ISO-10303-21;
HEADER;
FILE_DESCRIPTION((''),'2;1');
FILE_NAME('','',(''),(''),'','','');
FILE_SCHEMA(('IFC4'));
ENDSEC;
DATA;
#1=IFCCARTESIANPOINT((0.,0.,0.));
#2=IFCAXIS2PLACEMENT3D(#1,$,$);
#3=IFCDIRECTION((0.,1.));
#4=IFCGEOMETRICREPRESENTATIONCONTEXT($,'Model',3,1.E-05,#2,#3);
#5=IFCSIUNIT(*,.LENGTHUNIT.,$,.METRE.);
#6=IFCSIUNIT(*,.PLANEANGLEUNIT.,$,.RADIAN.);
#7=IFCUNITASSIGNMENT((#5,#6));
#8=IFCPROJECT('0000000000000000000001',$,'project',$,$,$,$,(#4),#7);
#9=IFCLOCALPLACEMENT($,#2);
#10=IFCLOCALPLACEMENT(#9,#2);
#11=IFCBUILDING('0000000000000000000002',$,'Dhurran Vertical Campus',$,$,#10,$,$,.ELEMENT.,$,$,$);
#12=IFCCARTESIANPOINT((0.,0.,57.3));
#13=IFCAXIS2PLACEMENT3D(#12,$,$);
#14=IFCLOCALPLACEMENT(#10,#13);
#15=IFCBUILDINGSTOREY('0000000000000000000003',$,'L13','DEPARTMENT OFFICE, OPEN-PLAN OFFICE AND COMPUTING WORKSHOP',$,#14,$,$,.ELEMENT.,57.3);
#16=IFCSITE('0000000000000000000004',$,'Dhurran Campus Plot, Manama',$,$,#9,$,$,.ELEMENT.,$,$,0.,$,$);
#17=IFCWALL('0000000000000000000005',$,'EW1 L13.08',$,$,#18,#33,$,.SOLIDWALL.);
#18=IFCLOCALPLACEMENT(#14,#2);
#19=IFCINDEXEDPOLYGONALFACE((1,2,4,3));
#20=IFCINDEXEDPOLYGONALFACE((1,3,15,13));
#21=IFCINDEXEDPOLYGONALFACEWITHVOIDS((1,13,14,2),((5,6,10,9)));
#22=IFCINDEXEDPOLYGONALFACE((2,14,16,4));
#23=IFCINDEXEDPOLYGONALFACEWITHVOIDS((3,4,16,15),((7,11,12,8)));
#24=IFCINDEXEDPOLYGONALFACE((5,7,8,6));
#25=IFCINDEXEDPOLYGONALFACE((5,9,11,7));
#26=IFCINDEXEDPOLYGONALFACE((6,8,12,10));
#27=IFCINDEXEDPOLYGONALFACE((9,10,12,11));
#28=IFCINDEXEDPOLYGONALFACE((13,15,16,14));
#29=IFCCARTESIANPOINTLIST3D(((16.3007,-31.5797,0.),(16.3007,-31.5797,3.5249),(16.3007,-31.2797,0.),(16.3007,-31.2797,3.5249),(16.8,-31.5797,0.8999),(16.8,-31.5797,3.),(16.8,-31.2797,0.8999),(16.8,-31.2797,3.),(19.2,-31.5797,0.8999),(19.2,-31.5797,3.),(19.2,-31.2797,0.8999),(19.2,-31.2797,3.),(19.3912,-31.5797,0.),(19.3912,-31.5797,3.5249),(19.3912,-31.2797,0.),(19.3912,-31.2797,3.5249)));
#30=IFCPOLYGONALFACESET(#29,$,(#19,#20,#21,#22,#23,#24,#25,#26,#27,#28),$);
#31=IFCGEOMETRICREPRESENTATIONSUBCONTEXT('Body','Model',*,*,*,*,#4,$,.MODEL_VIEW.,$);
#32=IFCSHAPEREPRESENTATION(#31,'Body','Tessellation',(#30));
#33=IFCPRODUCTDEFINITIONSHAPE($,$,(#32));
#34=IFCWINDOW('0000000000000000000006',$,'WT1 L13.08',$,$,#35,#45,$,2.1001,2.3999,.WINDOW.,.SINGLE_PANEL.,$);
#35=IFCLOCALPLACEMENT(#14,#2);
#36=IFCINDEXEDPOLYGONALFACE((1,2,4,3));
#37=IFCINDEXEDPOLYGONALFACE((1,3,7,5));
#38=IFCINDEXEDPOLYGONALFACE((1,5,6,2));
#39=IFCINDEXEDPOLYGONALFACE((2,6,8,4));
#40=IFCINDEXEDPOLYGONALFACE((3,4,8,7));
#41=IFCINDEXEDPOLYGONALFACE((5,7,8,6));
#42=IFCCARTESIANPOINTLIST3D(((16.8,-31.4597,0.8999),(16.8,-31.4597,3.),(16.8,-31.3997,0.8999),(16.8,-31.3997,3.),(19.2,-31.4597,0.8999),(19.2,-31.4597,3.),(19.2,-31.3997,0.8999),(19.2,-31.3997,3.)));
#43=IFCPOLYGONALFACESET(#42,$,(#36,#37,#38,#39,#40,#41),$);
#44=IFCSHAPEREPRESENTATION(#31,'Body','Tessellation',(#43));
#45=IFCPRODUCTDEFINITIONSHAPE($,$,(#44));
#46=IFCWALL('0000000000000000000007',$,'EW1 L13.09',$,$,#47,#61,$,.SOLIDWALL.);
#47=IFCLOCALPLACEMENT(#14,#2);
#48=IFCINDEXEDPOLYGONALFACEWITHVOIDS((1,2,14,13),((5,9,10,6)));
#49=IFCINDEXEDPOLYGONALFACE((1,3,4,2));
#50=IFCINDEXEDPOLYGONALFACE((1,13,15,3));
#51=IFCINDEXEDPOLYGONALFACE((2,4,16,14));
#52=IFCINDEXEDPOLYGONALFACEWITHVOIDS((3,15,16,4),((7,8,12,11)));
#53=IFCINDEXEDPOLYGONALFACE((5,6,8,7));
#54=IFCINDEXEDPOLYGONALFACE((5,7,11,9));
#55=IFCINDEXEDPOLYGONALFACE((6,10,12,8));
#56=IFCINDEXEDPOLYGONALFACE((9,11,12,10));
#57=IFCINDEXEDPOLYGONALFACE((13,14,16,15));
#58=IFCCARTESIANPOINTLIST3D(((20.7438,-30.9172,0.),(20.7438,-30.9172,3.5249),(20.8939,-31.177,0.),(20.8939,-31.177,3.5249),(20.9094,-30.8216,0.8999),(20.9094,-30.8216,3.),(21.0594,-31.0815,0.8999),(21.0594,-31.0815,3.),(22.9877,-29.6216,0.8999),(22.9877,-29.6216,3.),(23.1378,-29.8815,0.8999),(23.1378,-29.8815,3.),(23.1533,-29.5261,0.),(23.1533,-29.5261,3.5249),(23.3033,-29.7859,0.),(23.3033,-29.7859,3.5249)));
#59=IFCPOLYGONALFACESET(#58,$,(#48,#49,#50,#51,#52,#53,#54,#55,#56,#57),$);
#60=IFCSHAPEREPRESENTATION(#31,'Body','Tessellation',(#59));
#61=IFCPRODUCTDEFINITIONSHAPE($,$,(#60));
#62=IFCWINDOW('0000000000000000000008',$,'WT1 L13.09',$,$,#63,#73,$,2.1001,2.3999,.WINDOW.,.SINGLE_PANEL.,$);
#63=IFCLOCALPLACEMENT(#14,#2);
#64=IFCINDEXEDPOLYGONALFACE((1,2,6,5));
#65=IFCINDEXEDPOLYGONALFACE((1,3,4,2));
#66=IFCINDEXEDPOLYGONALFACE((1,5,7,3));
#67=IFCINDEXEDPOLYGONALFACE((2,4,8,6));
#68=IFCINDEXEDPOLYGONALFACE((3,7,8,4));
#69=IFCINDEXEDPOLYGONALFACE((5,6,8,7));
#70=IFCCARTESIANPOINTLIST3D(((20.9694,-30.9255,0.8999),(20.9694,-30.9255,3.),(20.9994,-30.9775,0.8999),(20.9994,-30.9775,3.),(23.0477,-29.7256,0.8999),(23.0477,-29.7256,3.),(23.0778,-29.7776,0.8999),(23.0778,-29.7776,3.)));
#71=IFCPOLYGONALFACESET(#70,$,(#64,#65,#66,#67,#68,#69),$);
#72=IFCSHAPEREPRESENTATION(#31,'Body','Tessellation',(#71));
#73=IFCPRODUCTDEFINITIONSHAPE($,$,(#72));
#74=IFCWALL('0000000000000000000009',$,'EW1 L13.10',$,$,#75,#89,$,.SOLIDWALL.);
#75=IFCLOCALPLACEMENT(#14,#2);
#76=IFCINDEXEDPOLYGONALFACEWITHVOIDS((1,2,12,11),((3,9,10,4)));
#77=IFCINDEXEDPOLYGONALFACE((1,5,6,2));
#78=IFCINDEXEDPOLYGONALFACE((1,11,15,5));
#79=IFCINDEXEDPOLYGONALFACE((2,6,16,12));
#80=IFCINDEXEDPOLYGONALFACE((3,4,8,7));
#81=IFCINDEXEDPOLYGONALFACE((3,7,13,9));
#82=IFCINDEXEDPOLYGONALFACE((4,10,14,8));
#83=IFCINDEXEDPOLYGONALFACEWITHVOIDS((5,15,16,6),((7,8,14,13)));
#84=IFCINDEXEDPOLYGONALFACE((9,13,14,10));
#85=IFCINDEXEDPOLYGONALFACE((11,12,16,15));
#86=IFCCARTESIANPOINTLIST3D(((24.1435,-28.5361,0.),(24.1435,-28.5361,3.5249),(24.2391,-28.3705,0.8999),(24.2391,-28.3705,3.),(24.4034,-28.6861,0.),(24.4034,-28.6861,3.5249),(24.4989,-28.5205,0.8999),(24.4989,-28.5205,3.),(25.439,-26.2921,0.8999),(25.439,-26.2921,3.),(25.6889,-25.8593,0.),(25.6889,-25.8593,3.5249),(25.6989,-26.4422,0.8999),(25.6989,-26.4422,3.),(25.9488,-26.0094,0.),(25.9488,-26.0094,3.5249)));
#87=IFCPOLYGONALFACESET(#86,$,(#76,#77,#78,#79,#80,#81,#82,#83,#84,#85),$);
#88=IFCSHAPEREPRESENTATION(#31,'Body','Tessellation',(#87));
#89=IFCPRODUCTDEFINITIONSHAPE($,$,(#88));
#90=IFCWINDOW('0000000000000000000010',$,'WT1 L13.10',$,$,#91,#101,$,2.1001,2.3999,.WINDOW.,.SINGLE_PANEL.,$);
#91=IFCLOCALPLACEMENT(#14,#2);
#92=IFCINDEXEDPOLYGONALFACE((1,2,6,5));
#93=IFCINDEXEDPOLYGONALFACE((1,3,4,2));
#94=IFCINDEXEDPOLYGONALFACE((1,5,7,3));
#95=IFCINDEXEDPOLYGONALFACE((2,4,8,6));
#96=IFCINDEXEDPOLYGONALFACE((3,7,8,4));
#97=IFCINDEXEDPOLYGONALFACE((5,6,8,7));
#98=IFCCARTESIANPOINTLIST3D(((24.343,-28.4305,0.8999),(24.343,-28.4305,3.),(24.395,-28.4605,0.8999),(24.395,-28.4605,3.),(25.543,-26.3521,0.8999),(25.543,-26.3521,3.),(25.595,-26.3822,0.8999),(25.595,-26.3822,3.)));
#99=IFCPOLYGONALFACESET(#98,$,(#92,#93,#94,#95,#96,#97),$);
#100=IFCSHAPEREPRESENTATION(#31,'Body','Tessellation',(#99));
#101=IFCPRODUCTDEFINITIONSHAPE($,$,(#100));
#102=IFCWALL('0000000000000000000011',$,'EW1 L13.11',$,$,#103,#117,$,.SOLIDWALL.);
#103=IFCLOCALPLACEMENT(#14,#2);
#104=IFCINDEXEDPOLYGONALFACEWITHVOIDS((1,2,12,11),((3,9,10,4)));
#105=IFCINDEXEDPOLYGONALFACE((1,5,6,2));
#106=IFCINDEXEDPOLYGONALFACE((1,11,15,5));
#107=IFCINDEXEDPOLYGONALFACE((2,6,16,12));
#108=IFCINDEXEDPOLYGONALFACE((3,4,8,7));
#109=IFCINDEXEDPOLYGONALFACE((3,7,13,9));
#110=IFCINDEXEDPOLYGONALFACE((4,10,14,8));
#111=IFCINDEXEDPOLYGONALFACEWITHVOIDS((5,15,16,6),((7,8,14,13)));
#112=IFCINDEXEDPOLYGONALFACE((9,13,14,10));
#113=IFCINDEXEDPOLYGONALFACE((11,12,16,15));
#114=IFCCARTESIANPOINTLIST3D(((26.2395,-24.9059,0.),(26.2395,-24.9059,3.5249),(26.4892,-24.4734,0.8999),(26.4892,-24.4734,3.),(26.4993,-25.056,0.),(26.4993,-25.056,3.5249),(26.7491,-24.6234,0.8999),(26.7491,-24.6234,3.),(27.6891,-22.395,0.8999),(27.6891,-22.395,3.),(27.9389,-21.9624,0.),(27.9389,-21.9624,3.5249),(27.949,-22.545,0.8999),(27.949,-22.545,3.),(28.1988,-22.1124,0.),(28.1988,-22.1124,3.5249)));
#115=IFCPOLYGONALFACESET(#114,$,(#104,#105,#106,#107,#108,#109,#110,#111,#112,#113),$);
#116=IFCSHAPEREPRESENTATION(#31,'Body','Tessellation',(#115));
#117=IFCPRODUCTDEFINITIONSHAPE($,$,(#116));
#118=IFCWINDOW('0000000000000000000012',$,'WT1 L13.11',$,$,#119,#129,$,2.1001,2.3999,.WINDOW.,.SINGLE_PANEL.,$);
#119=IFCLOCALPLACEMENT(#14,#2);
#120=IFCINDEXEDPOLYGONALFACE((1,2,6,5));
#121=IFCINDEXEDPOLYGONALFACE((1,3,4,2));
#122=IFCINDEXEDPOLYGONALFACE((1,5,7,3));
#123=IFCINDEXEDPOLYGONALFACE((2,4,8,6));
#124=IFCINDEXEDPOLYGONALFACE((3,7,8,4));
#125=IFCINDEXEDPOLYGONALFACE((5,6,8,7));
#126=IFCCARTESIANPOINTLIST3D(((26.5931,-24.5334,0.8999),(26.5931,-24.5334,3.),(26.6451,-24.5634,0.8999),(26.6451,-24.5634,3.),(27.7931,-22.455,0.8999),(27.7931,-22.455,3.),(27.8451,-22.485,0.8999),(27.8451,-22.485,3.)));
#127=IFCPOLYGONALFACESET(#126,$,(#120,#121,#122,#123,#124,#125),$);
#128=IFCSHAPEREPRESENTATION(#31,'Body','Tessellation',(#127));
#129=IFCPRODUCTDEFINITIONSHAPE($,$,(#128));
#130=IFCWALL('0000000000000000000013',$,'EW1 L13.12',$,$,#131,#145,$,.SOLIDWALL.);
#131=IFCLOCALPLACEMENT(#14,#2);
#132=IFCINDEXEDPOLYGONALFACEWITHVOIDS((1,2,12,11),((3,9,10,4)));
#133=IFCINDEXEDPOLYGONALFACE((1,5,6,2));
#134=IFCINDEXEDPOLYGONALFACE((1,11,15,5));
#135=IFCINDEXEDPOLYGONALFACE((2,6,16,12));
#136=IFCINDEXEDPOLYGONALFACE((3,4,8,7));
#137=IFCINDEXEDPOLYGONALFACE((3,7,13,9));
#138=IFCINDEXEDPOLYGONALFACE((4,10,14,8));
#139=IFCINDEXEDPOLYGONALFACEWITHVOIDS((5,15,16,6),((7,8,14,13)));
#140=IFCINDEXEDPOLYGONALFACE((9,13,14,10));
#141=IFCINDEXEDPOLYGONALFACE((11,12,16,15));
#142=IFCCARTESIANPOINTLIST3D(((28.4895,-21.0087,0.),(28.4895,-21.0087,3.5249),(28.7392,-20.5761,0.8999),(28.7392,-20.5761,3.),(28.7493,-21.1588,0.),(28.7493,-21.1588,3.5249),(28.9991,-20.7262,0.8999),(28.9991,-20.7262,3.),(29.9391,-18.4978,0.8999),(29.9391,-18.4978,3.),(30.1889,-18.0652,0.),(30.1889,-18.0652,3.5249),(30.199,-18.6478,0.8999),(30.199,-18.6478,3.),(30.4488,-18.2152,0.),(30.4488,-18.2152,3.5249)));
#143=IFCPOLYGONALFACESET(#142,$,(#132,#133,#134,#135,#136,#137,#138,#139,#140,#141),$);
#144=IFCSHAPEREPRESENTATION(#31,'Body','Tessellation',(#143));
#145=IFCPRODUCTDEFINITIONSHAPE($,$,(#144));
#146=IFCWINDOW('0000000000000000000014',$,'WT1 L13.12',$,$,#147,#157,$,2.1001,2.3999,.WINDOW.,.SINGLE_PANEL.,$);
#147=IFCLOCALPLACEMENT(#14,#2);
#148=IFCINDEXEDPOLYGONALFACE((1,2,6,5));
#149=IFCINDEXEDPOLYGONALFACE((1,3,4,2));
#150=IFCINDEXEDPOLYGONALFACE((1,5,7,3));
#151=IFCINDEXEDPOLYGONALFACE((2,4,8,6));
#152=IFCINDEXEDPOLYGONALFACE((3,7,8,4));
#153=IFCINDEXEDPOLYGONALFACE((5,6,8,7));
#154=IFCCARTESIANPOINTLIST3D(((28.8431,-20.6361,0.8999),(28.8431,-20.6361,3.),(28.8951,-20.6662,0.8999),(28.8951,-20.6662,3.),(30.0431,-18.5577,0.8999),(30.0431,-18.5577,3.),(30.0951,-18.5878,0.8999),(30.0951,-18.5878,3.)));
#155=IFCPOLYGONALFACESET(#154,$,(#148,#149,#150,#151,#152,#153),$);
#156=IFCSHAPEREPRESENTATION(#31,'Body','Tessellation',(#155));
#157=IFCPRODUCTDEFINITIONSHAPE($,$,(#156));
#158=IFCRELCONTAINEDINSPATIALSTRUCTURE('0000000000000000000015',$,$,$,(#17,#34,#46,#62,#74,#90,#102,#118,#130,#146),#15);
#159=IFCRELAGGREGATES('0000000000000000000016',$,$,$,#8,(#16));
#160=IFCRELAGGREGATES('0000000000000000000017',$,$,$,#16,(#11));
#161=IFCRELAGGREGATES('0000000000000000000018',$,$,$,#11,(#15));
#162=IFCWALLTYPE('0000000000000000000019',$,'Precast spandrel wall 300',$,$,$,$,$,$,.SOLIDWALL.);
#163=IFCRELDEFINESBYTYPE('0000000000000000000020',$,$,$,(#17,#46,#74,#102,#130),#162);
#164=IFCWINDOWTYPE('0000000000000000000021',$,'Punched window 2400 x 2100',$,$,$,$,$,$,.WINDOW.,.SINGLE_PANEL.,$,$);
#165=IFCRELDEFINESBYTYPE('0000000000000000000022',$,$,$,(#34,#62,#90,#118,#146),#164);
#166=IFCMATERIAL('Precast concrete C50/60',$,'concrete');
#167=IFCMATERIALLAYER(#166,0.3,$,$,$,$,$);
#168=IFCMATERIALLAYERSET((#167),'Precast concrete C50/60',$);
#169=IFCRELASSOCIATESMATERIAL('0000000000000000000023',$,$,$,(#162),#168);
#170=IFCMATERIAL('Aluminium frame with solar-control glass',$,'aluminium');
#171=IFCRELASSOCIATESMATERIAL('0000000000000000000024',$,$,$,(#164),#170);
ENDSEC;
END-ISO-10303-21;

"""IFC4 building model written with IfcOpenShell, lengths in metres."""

from ifc_helpers import new_model, si_unit, direction, frame, frame_2d, origin, place, context, subcontext, project, spatial, rectangle, extrude, material, layer, layer_set, type_object, element, fill, save


model = new_model("IFC4")

# Units and contexts
model_context = context("Model", 3, precision=1e-05, world=origin(), true_north=direction((0.0, 1.0)))
body_context = subcontext(model_context, "Body", "Model", "MODEL_VIEW")
ifc_project = project(units=[si_unit("LENGTHUNIT", "METRE"), si_unit("PLANEANGLEUNIT", "RADIAN")], contexts=[model_context])

# Site, building, storey
site_placement = place(None, origin())
site = spatial("IfcSite", under=ifc_project, at=site_placement, Name="Dhurran Campus Plot, Manama", CompositionType="ELEMENT", RefElevation=0.0)
building_placement = place(site_placement, origin())
building = spatial("IfcBuilding", under=site, at=building_placement, Name="Dhurran Vertical Campus", CompositionType="ELEMENT")
storey_placement = place(building_placement, frame((0.0, 0.0, 57.3)))
storey = spatial("IfcBuildingStorey", under=building, at=storey_placement, Name="L13", Description="DEPARTMENT OFFICE, OPEN-PLAN OFFICE AND COMPUTING WORKSHOP", CompositionType="ELEMENT", Elevation=57.3)

# Walls, openings, windows
ifc_material_1 = material(Name="Precast concrete C50/60", Category="concrete")
ifc_layer_1 = layer(ifc_material_1, 0.3)
ifc_layer_set_1 = layer_set([ifc_layer_1], Name="Precast concrete C50/60")
wall_type_1 = type_object("IfcWallType", Name="Precast spandrel wall 300", PredefinedType="SOLIDWALL", material=ifc_layer_set_1)
ifc_material_2 = material(Name="Aluminium frame with solar-control glass", Category="aluminium")
window_type = type_object("IfcWindowType", Name="Punched window 2400 x 2100", PartitioningType="SINGLE_PANEL", PredefinedType="WINDOW", material=ifc_material_2)
wall_1_placement = place(storey_placement, frame((16.3005, -31.4297, 0.0), z_axis=(0.0, 0.0, 1.0), x_axis=(1.0, 0.0, 0.0)))
wall_1 = element("IfcWall", 1, at=wall_1_placement, inside=storey, type_object=wall_type_1, Name="EW1 L13.08", PredefinedType="SOLIDWALL", context=body_context, shape_type="SweptSolid", body=[
    extrude(rectangle(XDim=3.0906, YDim=0.3, at=frame_2d((1.5454, 0.0))), origin(), (0.0, 0.0, 1.0), 3.5249),
])
opening_1_placement = place(wall_1_placement, frame((0.4995, 0.0, 0.8999)))
opening_1 = element("IfcOpeningElement", 2, at=opening_1_placement, cuts=wall_1, PredefinedType="OPENING", context=body_context, shape_type="SweptSolid", body=[
    extrude(rectangle(XDim=2.3999, YDim=2.1001, at=frame_2d((1.2, 1.05))), frame((0.0, 0.1599, 0.0), z_axis=(0.0, -1.0, 0.0), x_axis=(1.0, 0.0, 0.0)), (0.0, 0.0, 1.0), 0.3201),
])
window_1_placement = place(opening_1_placement, origin())
window_1 = element("IfcWindow", 3, at=window_1_placement, inside=storey, type_object=window_type, Name="WT1 L13.08", OverallHeight=2.1001, OverallWidth=2.3999, PartitioningType="SINGLE_PANEL", PredefinedType="WINDOW", context=body_context, shape_type="SweptSolid", body=[
    extrude(rectangle(XDim=2.3999, YDim=2.1001, at=frame_2d((1.2, 1.05))), frame((0.0, 0.03, 0.0), z_axis=(0.0, -1.0, 0.0), x_axis=(1.0, 0.0, 0.0)), (0.0, 0.0, 1.0), 0.0601),
])
fill(opening_1, window_1)
wall_2_placement = place(storey_placement, frame((20.8188, -31.0471, 0.0), z_axis=(0.0, 0.0, 1.0), x_axis=(0.86602, 0.500009, 0.0)))
wall_2 = element("IfcWall", 4, at=wall_2_placement, inside=storey, type_object=wall_type_1, Name="EW1 L13.09", PredefinedType="SOLIDWALL", context=body_context, shape_type="SweptSolid", body=[
    extrude(rectangle(XDim=2.7822, YDim=0.3, at=frame_2d((1.3911, 0.0))), origin(), (0.0, 0.0, 1.0), 3.5249),
])
opening_2_placement = place(wall_2_placement, frame((0.1912, 0.0, 0.8999)))
opening_2 = element("IfcOpeningElement", 5, at=opening_2_placement, cuts=wall_2, PredefinedType="OPENING", context=body_context, shape_type="SweptSolid", body=[
    extrude(rectangle(XDim=2.3999, YDim=2.1001, at=frame_2d((1.2, 1.05))), frame((0.0, 0.1599, 0.0), z_axis=(0.0, -1.0, 0.0), x_axis=(1.0, 0.0, 0.0)), (0.0, 0.0, 1.0), 0.3201),
])
window_2_placement = place(opening_2_placement, origin())
window_2 = element("IfcWindow", 6, at=window_2_placement, inside=storey, type_object=window_type, Name="WT1 L13.09", OverallHeight=2.1001, OverallWidth=2.3999, PartitioningType="SINGLE_PANEL", PredefinedType="WINDOW", context=body_context, shape_type="SweptSolid", body=[
    extrude(rectangle(XDim=2.3999, YDim=2.1001, at=frame_2d((1.2, 1.05))), frame((0.0, 0.03, 0.0), z_axis=(0.0, -1.0, 0.0), x_axis=(1.0, 0.0, 0.0)), (0.0, 0.0, 1.0), 0.0601),
])
fill(opening_2, window_2)
wall_3_placement = place(storey_placement, frame((24.2734, -28.6111, 0.0), z_axis=(0.0, 0.0, 1.0), x_axis=(0.499996, 0.866028, 0.0)))
wall_3 = element("IfcWall", 7, at=wall_3_placement, inside=storey, type_object=wall_type_1, Name="EW1 L13.10", PredefinedType="SOLIDWALL", context=body_context, shape_type="SweptSolid", body=[
    extrude(rectangle(XDim=3.0908, YDim=0.3, at=frame_2d((1.5454, 0.0))), origin(), (0.0, 0.0, 1.0), 3.5249),
])
opening_3_placement = place(wall_3_placement, frame((0.1912, 0.0, 0.8999)))
opening_3 = element("IfcOpeningElement", 8, at=opening_3_placement, cuts=wall_3, PredefinedType="OPENING", context=body_context, shape_type="SweptSolid", body=[
    extrude(rectangle(XDim=2.3999, YDim=2.1001, at=frame_2d((1.2, 1.05))), frame((0.0, 0.1599, 0.0), z_axis=(0.0, -1.0, 0.0), x_axis=(1.0, 0.0, 0.0)), (0.0, 0.0, 1.0), 0.3201),
])
window_3_placement = place(opening_3_placement, origin())
window_3 = element("IfcWindow", 9, at=window_3_placement, inside=storey, type_object=window_type, Name="WT1 L13.10", OverallHeight=2.1001, OverallWidth=2.3999, PartitioningType="SINGLE_PANEL", PredefinedType="WINDOW", context=body_context, shape_type="SweptSolid", body=[
    extrude(rectangle(XDim=2.3999, YDim=2.1001, at=frame_2d((1.2, 1.05))), frame((0.0, 0.03, 0.0), z_axis=(0.0, -1.0, 0.0), x_axis=(1.0, 0.0, 0.0)), (0.0, 0.0, 1.0), 0.0601),
])
fill(opening_3, window_3)
wall_4_placement = place(storey_placement, frame((26.3694, -24.981, 0.0), z_axis=(0.0, 0.0, 1.0), x_axis=(0.499994, 0.866029, 0.0)))
wall_4 = element("IfcWall", 10, at=wall_4_placement, inside=storey, type_object=wall_type_1, Name="EW1 L13.11", PredefinedType="SOLIDWALL", context=body_context, shape_type="SweptSolid", body=[
    extrude(rectangle(XDim=3.3989, YDim=0.3, at=frame_2d((1.6995, 0.0))), origin(), (0.0, 0.0, 1.0), 3.5249),
])
opening_4_placement = place(wall_4_placement, frame((0.4995, 0.0, 0.8999)))
opening_4 = element("IfcOpeningElement", 11, at=opening_4_placement, cuts=wall_4, PredefinedType="OPENING", context=body_context, shape_type="SweptSolid", body=[
    extrude(rectangle(XDim=2.3999, YDim=2.1001, at=frame_2d((1.2, 1.05))), frame((0.0, 0.1599, 0.0), z_axis=(0.0, -1.0, 0.0), x_axis=(1.0, 0.0, 0.0)), (0.0, 0.0, 1.0), 0.3201),
])
window_4_placement = place(opening_4_placement, origin())
window_4 = element("IfcWindow", 12, at=window_4_placement, inside=storey, type_object=window_type, Name="WT1 L13.11", OverallHeight=2.1001, OverallWidth=2.3999, PartitioningType="SINGLE_PANEL", PredefinedType="WINDOW", context=body_context, shape_type="SweptSolid", body=[
    extrude(rectangle(XDim=2.3999, YDim=2.1001, at=frame_2d((1.2, 1.05))), frame((0.0, 0.03, 0.0), z_axis=(0.0, -1.0, 0.0), x_axis=(1.0, 0.0, 0.0)), (0.0, 0.0, 1.0), 0.0601),
])
fill(opening_4, window_4)
wall_5_placement = place(storey_placement, frame((28.6194, -21.0837, 0.0), z_axis=(0.0, 0.0, 1.0), x_axis=(0.499994, 0.866029, 0.0)))
wall_5 = element("IfcWall", 13, at=wall_5_placement, inside=storey, type_object=wall_type_1, Name="EW1 L13.12", PredefinedType="SOLIDWALL", context=body_context, shape_type="SweptSolid", body=[
    extrude(rectangle(XDim=3.3989, YDim=0.3, at=frame_2d((1.6995, 0.0))), origin(), (0.0, 0.0, 1.0), 3.5249),
])
opening_5_placement = place(wall_5_placement, frame((0.4995, 0.0, 0.8999)))
opening_5 = element("IfcOpeningElement", 14, at=opening_5_placement, cuts=wall_5, PredefinedType="OPENING", context=body_context, shape_type="SweptSolid", body=[
    extrude(rectangle(XDim=2.3999, YDim=2.1001, at=frame_2d((1.2, 1.05))), frame((0.0, 0.1599, 0.0), z_axis=(0.0, -1.0, 0.0), x_axis=(1.0, 0.0, 0.0)), (0.0, 0.0, 1.0), 0.3201),
])
window_5_placement = place(opening_5_placement, origin())
window_5 = element("IfcWindow", 15, at=window_5_placement, inside=storey, type_object=window_type, Name="WT1 L13.12", OverallHeight=2.1001, OverallWidth=2.3999, PartitioningType="SINGLE_PANEL", PredefinedType="WINDOW", context=body_context, shape_type="SweptSolid", body=[
    extrude(rectangle(XDim=2.3999, YDim=2.1001, at=frame_2d((1.2, 1.05))), frame((0.0, 0.03, 0.0), z_axis=(0.0, -1.0, 0.0), x_axis=(1.0, 0.0, 0.0)), (0.0, 0.0, 1.0), 0.0601),
])
fill(opening_5, window_5)

save(model, "model.ifc")
